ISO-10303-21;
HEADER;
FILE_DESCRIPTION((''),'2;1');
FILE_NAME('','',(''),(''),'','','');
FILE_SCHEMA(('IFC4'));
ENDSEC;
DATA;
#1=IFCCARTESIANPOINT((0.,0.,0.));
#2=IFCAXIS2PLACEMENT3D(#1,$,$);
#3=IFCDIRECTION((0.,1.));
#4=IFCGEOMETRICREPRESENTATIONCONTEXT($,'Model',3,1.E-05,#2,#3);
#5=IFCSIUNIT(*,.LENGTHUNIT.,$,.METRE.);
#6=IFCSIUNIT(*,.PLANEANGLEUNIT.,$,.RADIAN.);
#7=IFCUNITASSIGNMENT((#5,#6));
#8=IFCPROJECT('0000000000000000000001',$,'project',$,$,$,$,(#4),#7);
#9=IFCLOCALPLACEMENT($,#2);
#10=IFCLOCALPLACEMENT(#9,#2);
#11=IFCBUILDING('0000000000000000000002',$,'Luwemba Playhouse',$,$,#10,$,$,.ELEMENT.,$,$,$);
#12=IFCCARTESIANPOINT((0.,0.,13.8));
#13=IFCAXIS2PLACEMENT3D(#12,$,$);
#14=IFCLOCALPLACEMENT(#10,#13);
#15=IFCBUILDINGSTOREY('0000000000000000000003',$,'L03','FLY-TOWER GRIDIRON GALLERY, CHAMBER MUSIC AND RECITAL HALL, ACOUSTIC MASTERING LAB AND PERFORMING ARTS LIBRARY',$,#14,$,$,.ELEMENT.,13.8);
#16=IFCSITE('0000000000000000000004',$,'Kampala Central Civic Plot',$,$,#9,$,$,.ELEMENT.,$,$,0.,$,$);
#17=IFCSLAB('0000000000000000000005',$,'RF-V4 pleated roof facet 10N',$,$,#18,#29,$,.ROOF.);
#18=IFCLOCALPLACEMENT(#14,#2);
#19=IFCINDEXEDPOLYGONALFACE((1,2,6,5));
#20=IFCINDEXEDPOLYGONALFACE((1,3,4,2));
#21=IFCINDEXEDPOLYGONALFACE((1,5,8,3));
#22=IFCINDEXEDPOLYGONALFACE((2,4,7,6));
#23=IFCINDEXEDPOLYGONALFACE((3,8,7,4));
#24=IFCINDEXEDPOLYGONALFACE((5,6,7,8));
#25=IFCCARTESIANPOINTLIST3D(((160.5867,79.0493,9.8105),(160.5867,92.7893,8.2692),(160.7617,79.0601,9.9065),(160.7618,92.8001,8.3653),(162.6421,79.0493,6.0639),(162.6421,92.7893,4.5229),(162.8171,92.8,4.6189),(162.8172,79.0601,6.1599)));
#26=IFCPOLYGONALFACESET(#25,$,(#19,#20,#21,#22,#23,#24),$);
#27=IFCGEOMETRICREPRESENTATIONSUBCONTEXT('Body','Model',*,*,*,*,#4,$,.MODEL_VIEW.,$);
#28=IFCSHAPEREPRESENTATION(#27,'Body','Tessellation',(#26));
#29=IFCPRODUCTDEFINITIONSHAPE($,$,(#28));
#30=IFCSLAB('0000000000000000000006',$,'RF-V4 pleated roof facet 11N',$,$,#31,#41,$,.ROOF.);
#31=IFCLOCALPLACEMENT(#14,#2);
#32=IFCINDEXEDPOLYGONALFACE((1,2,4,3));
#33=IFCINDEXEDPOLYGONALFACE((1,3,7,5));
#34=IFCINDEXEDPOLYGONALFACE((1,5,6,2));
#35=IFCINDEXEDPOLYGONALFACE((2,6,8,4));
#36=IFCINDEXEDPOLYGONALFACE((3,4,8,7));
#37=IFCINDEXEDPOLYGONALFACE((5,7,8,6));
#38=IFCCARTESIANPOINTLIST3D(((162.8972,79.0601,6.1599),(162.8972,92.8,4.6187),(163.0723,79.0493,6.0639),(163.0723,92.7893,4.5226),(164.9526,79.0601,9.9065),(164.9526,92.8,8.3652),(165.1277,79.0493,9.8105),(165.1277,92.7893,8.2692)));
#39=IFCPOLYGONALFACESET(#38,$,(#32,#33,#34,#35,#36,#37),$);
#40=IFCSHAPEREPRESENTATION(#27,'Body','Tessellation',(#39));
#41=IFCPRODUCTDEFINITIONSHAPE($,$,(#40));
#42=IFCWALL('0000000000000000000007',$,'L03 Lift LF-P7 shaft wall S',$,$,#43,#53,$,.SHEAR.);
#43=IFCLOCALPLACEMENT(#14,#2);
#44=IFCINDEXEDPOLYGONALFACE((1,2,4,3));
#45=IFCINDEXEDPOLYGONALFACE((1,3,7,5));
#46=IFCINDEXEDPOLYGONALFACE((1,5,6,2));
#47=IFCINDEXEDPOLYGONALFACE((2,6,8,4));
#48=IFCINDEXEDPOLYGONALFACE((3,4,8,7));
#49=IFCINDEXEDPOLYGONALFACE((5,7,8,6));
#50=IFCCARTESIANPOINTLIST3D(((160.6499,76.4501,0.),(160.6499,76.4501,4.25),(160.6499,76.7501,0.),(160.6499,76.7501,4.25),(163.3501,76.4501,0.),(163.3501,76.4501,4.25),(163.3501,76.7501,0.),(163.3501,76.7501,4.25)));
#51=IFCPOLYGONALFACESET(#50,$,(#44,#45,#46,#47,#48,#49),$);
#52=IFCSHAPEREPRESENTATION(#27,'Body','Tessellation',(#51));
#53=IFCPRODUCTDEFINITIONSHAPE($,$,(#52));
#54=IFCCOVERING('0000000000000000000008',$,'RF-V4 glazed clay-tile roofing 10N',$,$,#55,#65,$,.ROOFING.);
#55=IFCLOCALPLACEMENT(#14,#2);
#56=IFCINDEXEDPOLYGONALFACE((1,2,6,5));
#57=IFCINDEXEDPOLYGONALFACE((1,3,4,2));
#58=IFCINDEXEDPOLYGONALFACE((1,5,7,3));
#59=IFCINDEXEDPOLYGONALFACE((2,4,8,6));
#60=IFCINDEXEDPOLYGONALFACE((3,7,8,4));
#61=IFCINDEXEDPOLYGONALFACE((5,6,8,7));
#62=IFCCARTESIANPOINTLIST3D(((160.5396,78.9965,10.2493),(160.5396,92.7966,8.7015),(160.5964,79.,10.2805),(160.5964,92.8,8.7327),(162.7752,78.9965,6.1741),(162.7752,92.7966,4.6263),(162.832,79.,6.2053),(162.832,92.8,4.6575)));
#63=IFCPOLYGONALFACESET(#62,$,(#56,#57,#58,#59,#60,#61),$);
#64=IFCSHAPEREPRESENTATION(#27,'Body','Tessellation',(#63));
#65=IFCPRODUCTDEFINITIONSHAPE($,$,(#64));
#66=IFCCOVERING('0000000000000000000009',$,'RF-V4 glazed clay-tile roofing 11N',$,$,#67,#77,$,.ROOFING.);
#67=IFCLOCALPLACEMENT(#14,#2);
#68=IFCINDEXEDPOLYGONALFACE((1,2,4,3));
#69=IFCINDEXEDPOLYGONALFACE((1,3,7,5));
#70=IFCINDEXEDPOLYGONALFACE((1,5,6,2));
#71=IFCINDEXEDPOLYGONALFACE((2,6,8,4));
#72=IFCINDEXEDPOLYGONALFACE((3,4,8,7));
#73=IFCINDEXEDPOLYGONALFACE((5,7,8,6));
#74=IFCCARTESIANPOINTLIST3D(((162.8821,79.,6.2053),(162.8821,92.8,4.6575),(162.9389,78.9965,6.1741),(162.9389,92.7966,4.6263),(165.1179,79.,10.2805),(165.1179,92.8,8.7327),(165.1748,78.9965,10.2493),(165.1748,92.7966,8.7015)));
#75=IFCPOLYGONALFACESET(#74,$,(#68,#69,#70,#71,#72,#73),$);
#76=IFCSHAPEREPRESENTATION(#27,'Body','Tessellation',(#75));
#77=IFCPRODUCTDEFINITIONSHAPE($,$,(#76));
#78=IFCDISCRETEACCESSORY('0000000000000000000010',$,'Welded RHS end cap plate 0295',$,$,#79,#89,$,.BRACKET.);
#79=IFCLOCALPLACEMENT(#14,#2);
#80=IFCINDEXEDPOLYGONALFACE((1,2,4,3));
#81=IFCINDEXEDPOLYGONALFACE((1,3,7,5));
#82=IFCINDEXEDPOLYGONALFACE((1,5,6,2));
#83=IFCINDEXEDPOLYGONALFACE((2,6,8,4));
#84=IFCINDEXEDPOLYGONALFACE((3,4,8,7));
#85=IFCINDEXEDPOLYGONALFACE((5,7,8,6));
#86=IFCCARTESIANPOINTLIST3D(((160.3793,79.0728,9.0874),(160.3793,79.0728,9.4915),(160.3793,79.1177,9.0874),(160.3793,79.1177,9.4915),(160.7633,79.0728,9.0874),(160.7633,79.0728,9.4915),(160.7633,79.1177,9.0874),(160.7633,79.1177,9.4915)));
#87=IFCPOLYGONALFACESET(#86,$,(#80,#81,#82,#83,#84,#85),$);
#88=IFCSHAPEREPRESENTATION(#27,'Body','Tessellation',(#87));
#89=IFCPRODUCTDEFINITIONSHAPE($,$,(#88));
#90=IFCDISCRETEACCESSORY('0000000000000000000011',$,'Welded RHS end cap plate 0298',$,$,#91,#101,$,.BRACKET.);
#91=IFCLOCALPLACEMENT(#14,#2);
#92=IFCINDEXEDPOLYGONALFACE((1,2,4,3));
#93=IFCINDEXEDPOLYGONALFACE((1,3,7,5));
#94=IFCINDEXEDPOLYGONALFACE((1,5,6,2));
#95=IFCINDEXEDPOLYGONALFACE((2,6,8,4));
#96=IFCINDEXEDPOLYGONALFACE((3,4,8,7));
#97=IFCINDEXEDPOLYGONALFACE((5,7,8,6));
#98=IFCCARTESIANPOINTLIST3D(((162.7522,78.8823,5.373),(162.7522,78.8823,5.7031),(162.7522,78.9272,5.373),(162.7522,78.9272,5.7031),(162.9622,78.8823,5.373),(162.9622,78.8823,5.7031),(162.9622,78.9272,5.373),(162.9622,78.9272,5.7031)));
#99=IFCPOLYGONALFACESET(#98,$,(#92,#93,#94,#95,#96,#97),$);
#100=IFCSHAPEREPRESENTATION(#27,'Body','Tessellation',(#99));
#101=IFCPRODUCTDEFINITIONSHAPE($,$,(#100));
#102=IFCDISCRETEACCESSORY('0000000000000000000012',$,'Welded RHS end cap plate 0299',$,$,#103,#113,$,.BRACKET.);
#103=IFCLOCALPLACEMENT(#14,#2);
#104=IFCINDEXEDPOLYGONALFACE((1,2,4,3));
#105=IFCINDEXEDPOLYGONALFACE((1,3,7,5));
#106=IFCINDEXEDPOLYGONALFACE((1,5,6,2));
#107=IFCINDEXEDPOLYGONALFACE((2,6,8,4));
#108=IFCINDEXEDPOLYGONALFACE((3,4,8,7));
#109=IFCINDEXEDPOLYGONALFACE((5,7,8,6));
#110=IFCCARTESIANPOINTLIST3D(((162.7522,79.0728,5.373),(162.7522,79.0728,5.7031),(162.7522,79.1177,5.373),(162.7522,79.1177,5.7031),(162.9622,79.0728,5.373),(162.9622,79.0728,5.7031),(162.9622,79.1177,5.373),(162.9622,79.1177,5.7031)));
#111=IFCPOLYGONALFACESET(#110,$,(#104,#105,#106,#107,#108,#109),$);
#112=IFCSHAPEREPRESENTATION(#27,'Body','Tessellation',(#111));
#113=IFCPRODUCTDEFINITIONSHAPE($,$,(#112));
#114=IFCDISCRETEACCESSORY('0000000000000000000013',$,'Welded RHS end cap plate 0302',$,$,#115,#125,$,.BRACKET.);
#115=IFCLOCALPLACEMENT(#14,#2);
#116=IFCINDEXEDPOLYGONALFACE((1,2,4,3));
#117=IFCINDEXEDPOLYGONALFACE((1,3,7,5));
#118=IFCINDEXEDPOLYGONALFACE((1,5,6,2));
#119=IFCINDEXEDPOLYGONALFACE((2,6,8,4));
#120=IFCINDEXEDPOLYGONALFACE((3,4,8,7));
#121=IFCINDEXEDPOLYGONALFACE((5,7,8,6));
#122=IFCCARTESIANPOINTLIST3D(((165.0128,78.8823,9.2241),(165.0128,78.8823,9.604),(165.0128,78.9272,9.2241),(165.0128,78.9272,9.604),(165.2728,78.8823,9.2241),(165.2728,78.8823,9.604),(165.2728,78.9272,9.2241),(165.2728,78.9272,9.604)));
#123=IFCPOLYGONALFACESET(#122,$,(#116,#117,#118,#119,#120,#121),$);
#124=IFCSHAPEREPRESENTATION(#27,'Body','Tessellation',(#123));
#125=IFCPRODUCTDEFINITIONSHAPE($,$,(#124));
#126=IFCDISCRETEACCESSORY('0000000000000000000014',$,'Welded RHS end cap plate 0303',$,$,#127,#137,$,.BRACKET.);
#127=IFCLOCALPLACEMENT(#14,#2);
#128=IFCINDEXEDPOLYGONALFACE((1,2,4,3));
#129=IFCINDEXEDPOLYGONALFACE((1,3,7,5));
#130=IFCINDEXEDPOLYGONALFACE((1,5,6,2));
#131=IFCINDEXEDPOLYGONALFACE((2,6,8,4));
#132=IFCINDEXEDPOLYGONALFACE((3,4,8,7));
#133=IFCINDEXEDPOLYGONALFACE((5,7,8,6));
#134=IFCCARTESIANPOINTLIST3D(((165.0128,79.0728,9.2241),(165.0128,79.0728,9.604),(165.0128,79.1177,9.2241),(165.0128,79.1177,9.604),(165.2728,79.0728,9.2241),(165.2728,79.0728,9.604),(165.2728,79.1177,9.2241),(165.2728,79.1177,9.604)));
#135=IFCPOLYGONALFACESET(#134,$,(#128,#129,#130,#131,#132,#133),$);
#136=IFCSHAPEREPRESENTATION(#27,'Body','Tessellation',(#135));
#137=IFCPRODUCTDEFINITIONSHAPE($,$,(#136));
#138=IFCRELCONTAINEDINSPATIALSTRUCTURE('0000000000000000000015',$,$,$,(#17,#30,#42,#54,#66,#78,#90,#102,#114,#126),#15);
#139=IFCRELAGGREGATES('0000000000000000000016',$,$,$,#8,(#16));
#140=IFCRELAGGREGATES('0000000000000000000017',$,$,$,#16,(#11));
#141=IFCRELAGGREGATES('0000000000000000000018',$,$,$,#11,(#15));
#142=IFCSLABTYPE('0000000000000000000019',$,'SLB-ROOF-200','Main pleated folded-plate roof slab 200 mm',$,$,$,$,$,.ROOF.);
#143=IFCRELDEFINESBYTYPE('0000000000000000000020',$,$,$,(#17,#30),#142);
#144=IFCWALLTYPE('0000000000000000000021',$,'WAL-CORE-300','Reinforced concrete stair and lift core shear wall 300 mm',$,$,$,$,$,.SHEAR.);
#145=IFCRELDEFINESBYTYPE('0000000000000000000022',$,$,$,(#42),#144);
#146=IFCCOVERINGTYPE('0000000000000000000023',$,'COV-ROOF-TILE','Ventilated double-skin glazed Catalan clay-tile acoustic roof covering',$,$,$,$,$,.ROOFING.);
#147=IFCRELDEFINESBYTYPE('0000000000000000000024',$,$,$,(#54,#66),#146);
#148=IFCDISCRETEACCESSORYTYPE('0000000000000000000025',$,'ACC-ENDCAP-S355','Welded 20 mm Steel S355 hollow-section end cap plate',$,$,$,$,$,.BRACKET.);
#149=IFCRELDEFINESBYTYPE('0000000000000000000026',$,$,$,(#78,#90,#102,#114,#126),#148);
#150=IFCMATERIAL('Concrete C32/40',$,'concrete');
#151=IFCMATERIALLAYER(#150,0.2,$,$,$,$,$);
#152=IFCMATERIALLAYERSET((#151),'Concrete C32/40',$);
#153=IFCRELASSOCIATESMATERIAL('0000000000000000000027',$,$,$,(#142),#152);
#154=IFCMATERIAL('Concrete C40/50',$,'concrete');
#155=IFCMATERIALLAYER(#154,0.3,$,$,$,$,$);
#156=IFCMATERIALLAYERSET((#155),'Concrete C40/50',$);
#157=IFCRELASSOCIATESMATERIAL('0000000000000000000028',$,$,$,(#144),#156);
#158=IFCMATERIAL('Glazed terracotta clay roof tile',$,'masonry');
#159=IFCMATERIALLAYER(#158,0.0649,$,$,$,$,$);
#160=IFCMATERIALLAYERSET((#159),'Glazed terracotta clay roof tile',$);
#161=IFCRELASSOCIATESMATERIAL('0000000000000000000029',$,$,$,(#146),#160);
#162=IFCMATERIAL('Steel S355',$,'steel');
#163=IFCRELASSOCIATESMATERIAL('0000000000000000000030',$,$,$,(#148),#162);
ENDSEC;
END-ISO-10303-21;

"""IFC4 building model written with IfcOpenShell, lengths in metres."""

from ifc_helpers import new_model, si_unit, direction, frame, frame_2d, origin, origin_2d, place, context, subcontext, project, spatial, polyline, rectangle, outline, extrude, material, layer, layer_set, type_object, element, save


model = new_model("IFC4")

# Units and contexts
model_context = context("Model", 3, precision=1e-05, world=origin(), true_north=direction((0.0, 1.0)))
body_context = subcontext(model_context, "Body", "Model", "MODEL_VIEW")
ifc_project = project(units=[si_unit("LENGTHUNIT", "METRE"), si_unit("PLANEANGLEUNIT", "RADIAN")], contexts=[model_context])

# Site, building, storey
site_placement = place(None, origin())
site = spatial("IfcSite", under=ifc_project, at=site_placement, Name="Kampala Central Civic Plot", CompositionType="ELEMENT", RefElevation=0.0)
building_placement = place(site_placement, origin())
building = spatial("IfcBuilding", under=site, at=building_placement, Name="Luwemba Playhouse", CompositionType="ELEMENT")
storey_placement = place(building_placement, frame((0.0, 0.0, 13.8)))
storey = spatial("IfcBuildingStorey", under=building, at=storey_placement, Name="L03", Description="FLY-TOWER GRIDIRON GALLERY, CHAMBER MUSIC AND RECITAL HALL, ACOUSTIC MASTERING LAB AND PERFORMING ARTS LIBRARY", CompositionType="ELEMENT", Elevation=13.8)

# Shared definitions
ifc_material_1 = material(Name="Concrete C40/50", Category="concrete")

# Shared definitions
ifc_material_2 = material(Name="Steel S355", Category="steel")

# Slabs
ifc_material_3 = material(Name="Concrete C32/40", Category="concrete")
ifc_layer_1 = layer(ifc_material_3, 0.2)
ifc_layer_set_1 = layer_set([ifc_layer_1], Name="Concrete C32/40")
slab_type = type_object("IfcSlabType", Name="SLB-ROOF-200", Description="Main pleated folded-plate roof slab 200 mm", PredefinedType="ROOF", material=ifc_layer_set_1)
slab_1_placement = place(storey_placement, frame((160.7617, 79.0601, 9.9065), z_axis=(0.87545, 0.053872, 0.480298), x_axis=(0.480996, 0.000001, -0.876723)))
element("IfcSlab", 1, at=slab_1_placement, inside=storey, type_object=slab_type, Name="RF-V4 pleated roof facet 10N", PredefinedType="ROOF", context=body_context, shape_type="SweptSolid", body=[
    extrude(outline(polyline([(0.0, 0.0), (4.2734, 0.0), (5.6244, 13.76), (1.3513, 13.76), (0.0, 0.0)])), origin(), (0.0, 0.0, -1.0), 0.2),
])
slab_2_placement = place(storey_placement, frame((162.8972, 79.0601, 6.1599), z_axis=(-0.875456, 0.053875, 0.480286), x_axis=(0.480984, 0.0, 0.876729)))
element("IfcSlab", 2, at=slab_2_placement, inside=storey, type_object=slab_type, Name="RF-V4 pleated roof facet 11N", PredefinedType="ROOF", context=body_context, shape_type="SweptSolid", body=[
    extrude(outline(polyline([(0.0, 0.0), (4.2734, 0.0), (2.9221, 13.76), (-1.3513, 13.76), (0.0, 0.0)])), origin(), (0.0, 0.0, -1.0), 0.2),
])

# Shared definitions
ifc_layer_2 = layer(ifc_material_1, 0.3)
ifc_layer_set_2 = layer_set([ifc_layer_2], Name="Concrete C40/50")
wall_type = type_object("IfcWallType", Name="WAL-CORE-300", Description="Reinforced concrete stair and lift core shear wall 300 mm", PredefinedType="SHEAR", material=ifc_layer_set_2)

# Wall
wall_1_placement = place(storey_placement, frame((160.6499, 76.6001, 0.0), z_axis=(0.0, 0.0, 1.0), x_axis=(1.0, 0.0, 0.0)))
element("IfcWall", 3, at=wall_1_placement, inside=storey, type_object=wall_type, Name="L03 Lift LF-P7 shaft wall S", PredefinedType="SHEAR", context=body_context, shape_type="SweptSolid", body=[
    extrude(rectangle(XDim=2.7002, YDim=0.3, at=frame_2d((1.3501, 0.0))), origin(), (0.0, 0.0, 1.0), 4.25),
])

# Coverings
ifc_material_4 = material(Name="Glazed terracotta clay roof tile", Category="masonry")
ifc_layer_3 = layer(ifc_material_4, 0.0649)
ifc_layer_set_3 = layer_set([ifc_layer_3], Name="Glazed terracotta clay roof tile")
covering_type = type_object("IfcCoveringType", Name="COV-ROOF-TILE", Description="Ventilated double-skin glazed Catalan clay-tile acoustic roof covering", PredefinedType="ROOFING", material=ifc_layer_set_3)
covering_1_placement = place(storey_placement, frame((160.5964, 79.0, 10.2805), z_axis=(0.875466, 0.053868, 0.480268), x_axis=(0.480967, 0.0, -0.876739)))
element("IfcCovering", 4, at=covering_1_placement, inside=storey, type_object=covering_type, Name="RF-V4 glazed clay-tile roofing 10N", PredefinedType="ROOFING", context=body_context, shape_type="SweptSolid", body=[
    extrude(outline(polyline([(0.0, 0.0), (4.6481, 0.0), (6.0052, 13.8201), (1.3571, 13.8201), (0.0, 0.0)])), origin(), (0.0, 0.0, -1.0), 0.0649),
])
covering_2_placement = place(storey_placement, frame((162.8821, 79.0, 6.2053), z_axis=(-0.875444, 0.053873, 0.480309), x_axis=(0.481007, 0.0, 0.876717)))
element("IfcCovering", 5, at=covering_2_placement, inside=storey, type_object=covering_type, Name="RF-V4 glazed clay-tile roofing 11N", PredefinedType="ROOFING", context=body_context, shape_type="SweptSolid", body=[
    extrude(outline(polyline([(0.0, 0.0), (4.6482, 0.0), (3.2912, 13.8201), (-1.357, 13.8201), (0.0, 0.0)])), origin(), (0.0, 0.0, -1.0), 0.0649),
])

# Discrete accessories
discrete_accessory_type = type_object("IfcDiscreteAccessoryType", Name="ACC-ENDCAP-S355", Description="Welded 20 mm Steel S355 hollow-section end cap plate", PredefinedType="BRACKET", material=ifc_material_2)
discrete_accessory_placement = place(storey_placement, frame((160.5713, 79.0952, 9.0874), z_axis=(0.0, 0.0, 1.0), x_axis=(1.0, 0.0, 0.0)))
element("IfcDiscreteAccessory", 6, at=discrete_accessory_placement, inside=storey, type_object=discrete_accessory_type, Name="Welded RHS end cap plate 0295", PredefinedType="BRACKET", context=body_context, shape_type="SweptSolid", body=[
    extrude(rectangle(XDim=0.384, YDim=0.0449, at=origin_2d()), origin(), (0.0, 0.0, 1.0), 0.4041),
])
for number, where, z_axis, x_axis, name in (
    (7, (162.8572, 78.9048, 5.373), (0.0, 0.0, 1.0), (1.0, 0.0, 0.0), "Welded RHS end cap plate 0298"),
    (8, (162.8572, 79.0952, 5.373), (0.0, 0.0, 1.0), (1.0, 0.0, 0.0), "Welded RHS end cap plate 0299"),
):
    element("IfcDiscreteAccessory", number, at=place(storey_placement, frame(where, z_axis=z_axis, x_axis=x_axis)), inside=storey, type_object=discrete_accessory_type, Name=name, PredefinedType="BRACKET", context=body_context, shape_type="SweptSolid", body=[
        extrude(rectangle(XDim=0.21, YDim=0.0449, at=origin_2d()), origin(), (0.0, 0.0, 1.0), 0.3301),
    ])
for number, where, z_axis, x_axis, name in (
    (9, (165.1428, 78.9048, 9.2241), (0.0, 0.0, 1.0), (1.0, 0.0, 0.0), "Welded RHS end cap plate 0302"),
    (10, (165.1428, 79.0952, 9.2241), (0.0, 0.0, 1.0), (1.0, 0.0, 0.0), "Welded RHS end cap plate 0303"),
):
    element("IfcDiscreteAccessory", number, at=place(storey_placement, frame(where, z_axis=z_axis, x_axis=x_axis)), inside=storey, type_object=discrete_accessory_type, Name=name, PredefinedType="BRACKET", context=body_context, shape_type="SweptSolid", body=[
        extrude(rectangle(XDim=0.26, YDim=0.0449, at=origin_2d()), origin(), (0.0, 0.0, 1.0), 0.3799),
    ])

save(model, "model.ifc")
